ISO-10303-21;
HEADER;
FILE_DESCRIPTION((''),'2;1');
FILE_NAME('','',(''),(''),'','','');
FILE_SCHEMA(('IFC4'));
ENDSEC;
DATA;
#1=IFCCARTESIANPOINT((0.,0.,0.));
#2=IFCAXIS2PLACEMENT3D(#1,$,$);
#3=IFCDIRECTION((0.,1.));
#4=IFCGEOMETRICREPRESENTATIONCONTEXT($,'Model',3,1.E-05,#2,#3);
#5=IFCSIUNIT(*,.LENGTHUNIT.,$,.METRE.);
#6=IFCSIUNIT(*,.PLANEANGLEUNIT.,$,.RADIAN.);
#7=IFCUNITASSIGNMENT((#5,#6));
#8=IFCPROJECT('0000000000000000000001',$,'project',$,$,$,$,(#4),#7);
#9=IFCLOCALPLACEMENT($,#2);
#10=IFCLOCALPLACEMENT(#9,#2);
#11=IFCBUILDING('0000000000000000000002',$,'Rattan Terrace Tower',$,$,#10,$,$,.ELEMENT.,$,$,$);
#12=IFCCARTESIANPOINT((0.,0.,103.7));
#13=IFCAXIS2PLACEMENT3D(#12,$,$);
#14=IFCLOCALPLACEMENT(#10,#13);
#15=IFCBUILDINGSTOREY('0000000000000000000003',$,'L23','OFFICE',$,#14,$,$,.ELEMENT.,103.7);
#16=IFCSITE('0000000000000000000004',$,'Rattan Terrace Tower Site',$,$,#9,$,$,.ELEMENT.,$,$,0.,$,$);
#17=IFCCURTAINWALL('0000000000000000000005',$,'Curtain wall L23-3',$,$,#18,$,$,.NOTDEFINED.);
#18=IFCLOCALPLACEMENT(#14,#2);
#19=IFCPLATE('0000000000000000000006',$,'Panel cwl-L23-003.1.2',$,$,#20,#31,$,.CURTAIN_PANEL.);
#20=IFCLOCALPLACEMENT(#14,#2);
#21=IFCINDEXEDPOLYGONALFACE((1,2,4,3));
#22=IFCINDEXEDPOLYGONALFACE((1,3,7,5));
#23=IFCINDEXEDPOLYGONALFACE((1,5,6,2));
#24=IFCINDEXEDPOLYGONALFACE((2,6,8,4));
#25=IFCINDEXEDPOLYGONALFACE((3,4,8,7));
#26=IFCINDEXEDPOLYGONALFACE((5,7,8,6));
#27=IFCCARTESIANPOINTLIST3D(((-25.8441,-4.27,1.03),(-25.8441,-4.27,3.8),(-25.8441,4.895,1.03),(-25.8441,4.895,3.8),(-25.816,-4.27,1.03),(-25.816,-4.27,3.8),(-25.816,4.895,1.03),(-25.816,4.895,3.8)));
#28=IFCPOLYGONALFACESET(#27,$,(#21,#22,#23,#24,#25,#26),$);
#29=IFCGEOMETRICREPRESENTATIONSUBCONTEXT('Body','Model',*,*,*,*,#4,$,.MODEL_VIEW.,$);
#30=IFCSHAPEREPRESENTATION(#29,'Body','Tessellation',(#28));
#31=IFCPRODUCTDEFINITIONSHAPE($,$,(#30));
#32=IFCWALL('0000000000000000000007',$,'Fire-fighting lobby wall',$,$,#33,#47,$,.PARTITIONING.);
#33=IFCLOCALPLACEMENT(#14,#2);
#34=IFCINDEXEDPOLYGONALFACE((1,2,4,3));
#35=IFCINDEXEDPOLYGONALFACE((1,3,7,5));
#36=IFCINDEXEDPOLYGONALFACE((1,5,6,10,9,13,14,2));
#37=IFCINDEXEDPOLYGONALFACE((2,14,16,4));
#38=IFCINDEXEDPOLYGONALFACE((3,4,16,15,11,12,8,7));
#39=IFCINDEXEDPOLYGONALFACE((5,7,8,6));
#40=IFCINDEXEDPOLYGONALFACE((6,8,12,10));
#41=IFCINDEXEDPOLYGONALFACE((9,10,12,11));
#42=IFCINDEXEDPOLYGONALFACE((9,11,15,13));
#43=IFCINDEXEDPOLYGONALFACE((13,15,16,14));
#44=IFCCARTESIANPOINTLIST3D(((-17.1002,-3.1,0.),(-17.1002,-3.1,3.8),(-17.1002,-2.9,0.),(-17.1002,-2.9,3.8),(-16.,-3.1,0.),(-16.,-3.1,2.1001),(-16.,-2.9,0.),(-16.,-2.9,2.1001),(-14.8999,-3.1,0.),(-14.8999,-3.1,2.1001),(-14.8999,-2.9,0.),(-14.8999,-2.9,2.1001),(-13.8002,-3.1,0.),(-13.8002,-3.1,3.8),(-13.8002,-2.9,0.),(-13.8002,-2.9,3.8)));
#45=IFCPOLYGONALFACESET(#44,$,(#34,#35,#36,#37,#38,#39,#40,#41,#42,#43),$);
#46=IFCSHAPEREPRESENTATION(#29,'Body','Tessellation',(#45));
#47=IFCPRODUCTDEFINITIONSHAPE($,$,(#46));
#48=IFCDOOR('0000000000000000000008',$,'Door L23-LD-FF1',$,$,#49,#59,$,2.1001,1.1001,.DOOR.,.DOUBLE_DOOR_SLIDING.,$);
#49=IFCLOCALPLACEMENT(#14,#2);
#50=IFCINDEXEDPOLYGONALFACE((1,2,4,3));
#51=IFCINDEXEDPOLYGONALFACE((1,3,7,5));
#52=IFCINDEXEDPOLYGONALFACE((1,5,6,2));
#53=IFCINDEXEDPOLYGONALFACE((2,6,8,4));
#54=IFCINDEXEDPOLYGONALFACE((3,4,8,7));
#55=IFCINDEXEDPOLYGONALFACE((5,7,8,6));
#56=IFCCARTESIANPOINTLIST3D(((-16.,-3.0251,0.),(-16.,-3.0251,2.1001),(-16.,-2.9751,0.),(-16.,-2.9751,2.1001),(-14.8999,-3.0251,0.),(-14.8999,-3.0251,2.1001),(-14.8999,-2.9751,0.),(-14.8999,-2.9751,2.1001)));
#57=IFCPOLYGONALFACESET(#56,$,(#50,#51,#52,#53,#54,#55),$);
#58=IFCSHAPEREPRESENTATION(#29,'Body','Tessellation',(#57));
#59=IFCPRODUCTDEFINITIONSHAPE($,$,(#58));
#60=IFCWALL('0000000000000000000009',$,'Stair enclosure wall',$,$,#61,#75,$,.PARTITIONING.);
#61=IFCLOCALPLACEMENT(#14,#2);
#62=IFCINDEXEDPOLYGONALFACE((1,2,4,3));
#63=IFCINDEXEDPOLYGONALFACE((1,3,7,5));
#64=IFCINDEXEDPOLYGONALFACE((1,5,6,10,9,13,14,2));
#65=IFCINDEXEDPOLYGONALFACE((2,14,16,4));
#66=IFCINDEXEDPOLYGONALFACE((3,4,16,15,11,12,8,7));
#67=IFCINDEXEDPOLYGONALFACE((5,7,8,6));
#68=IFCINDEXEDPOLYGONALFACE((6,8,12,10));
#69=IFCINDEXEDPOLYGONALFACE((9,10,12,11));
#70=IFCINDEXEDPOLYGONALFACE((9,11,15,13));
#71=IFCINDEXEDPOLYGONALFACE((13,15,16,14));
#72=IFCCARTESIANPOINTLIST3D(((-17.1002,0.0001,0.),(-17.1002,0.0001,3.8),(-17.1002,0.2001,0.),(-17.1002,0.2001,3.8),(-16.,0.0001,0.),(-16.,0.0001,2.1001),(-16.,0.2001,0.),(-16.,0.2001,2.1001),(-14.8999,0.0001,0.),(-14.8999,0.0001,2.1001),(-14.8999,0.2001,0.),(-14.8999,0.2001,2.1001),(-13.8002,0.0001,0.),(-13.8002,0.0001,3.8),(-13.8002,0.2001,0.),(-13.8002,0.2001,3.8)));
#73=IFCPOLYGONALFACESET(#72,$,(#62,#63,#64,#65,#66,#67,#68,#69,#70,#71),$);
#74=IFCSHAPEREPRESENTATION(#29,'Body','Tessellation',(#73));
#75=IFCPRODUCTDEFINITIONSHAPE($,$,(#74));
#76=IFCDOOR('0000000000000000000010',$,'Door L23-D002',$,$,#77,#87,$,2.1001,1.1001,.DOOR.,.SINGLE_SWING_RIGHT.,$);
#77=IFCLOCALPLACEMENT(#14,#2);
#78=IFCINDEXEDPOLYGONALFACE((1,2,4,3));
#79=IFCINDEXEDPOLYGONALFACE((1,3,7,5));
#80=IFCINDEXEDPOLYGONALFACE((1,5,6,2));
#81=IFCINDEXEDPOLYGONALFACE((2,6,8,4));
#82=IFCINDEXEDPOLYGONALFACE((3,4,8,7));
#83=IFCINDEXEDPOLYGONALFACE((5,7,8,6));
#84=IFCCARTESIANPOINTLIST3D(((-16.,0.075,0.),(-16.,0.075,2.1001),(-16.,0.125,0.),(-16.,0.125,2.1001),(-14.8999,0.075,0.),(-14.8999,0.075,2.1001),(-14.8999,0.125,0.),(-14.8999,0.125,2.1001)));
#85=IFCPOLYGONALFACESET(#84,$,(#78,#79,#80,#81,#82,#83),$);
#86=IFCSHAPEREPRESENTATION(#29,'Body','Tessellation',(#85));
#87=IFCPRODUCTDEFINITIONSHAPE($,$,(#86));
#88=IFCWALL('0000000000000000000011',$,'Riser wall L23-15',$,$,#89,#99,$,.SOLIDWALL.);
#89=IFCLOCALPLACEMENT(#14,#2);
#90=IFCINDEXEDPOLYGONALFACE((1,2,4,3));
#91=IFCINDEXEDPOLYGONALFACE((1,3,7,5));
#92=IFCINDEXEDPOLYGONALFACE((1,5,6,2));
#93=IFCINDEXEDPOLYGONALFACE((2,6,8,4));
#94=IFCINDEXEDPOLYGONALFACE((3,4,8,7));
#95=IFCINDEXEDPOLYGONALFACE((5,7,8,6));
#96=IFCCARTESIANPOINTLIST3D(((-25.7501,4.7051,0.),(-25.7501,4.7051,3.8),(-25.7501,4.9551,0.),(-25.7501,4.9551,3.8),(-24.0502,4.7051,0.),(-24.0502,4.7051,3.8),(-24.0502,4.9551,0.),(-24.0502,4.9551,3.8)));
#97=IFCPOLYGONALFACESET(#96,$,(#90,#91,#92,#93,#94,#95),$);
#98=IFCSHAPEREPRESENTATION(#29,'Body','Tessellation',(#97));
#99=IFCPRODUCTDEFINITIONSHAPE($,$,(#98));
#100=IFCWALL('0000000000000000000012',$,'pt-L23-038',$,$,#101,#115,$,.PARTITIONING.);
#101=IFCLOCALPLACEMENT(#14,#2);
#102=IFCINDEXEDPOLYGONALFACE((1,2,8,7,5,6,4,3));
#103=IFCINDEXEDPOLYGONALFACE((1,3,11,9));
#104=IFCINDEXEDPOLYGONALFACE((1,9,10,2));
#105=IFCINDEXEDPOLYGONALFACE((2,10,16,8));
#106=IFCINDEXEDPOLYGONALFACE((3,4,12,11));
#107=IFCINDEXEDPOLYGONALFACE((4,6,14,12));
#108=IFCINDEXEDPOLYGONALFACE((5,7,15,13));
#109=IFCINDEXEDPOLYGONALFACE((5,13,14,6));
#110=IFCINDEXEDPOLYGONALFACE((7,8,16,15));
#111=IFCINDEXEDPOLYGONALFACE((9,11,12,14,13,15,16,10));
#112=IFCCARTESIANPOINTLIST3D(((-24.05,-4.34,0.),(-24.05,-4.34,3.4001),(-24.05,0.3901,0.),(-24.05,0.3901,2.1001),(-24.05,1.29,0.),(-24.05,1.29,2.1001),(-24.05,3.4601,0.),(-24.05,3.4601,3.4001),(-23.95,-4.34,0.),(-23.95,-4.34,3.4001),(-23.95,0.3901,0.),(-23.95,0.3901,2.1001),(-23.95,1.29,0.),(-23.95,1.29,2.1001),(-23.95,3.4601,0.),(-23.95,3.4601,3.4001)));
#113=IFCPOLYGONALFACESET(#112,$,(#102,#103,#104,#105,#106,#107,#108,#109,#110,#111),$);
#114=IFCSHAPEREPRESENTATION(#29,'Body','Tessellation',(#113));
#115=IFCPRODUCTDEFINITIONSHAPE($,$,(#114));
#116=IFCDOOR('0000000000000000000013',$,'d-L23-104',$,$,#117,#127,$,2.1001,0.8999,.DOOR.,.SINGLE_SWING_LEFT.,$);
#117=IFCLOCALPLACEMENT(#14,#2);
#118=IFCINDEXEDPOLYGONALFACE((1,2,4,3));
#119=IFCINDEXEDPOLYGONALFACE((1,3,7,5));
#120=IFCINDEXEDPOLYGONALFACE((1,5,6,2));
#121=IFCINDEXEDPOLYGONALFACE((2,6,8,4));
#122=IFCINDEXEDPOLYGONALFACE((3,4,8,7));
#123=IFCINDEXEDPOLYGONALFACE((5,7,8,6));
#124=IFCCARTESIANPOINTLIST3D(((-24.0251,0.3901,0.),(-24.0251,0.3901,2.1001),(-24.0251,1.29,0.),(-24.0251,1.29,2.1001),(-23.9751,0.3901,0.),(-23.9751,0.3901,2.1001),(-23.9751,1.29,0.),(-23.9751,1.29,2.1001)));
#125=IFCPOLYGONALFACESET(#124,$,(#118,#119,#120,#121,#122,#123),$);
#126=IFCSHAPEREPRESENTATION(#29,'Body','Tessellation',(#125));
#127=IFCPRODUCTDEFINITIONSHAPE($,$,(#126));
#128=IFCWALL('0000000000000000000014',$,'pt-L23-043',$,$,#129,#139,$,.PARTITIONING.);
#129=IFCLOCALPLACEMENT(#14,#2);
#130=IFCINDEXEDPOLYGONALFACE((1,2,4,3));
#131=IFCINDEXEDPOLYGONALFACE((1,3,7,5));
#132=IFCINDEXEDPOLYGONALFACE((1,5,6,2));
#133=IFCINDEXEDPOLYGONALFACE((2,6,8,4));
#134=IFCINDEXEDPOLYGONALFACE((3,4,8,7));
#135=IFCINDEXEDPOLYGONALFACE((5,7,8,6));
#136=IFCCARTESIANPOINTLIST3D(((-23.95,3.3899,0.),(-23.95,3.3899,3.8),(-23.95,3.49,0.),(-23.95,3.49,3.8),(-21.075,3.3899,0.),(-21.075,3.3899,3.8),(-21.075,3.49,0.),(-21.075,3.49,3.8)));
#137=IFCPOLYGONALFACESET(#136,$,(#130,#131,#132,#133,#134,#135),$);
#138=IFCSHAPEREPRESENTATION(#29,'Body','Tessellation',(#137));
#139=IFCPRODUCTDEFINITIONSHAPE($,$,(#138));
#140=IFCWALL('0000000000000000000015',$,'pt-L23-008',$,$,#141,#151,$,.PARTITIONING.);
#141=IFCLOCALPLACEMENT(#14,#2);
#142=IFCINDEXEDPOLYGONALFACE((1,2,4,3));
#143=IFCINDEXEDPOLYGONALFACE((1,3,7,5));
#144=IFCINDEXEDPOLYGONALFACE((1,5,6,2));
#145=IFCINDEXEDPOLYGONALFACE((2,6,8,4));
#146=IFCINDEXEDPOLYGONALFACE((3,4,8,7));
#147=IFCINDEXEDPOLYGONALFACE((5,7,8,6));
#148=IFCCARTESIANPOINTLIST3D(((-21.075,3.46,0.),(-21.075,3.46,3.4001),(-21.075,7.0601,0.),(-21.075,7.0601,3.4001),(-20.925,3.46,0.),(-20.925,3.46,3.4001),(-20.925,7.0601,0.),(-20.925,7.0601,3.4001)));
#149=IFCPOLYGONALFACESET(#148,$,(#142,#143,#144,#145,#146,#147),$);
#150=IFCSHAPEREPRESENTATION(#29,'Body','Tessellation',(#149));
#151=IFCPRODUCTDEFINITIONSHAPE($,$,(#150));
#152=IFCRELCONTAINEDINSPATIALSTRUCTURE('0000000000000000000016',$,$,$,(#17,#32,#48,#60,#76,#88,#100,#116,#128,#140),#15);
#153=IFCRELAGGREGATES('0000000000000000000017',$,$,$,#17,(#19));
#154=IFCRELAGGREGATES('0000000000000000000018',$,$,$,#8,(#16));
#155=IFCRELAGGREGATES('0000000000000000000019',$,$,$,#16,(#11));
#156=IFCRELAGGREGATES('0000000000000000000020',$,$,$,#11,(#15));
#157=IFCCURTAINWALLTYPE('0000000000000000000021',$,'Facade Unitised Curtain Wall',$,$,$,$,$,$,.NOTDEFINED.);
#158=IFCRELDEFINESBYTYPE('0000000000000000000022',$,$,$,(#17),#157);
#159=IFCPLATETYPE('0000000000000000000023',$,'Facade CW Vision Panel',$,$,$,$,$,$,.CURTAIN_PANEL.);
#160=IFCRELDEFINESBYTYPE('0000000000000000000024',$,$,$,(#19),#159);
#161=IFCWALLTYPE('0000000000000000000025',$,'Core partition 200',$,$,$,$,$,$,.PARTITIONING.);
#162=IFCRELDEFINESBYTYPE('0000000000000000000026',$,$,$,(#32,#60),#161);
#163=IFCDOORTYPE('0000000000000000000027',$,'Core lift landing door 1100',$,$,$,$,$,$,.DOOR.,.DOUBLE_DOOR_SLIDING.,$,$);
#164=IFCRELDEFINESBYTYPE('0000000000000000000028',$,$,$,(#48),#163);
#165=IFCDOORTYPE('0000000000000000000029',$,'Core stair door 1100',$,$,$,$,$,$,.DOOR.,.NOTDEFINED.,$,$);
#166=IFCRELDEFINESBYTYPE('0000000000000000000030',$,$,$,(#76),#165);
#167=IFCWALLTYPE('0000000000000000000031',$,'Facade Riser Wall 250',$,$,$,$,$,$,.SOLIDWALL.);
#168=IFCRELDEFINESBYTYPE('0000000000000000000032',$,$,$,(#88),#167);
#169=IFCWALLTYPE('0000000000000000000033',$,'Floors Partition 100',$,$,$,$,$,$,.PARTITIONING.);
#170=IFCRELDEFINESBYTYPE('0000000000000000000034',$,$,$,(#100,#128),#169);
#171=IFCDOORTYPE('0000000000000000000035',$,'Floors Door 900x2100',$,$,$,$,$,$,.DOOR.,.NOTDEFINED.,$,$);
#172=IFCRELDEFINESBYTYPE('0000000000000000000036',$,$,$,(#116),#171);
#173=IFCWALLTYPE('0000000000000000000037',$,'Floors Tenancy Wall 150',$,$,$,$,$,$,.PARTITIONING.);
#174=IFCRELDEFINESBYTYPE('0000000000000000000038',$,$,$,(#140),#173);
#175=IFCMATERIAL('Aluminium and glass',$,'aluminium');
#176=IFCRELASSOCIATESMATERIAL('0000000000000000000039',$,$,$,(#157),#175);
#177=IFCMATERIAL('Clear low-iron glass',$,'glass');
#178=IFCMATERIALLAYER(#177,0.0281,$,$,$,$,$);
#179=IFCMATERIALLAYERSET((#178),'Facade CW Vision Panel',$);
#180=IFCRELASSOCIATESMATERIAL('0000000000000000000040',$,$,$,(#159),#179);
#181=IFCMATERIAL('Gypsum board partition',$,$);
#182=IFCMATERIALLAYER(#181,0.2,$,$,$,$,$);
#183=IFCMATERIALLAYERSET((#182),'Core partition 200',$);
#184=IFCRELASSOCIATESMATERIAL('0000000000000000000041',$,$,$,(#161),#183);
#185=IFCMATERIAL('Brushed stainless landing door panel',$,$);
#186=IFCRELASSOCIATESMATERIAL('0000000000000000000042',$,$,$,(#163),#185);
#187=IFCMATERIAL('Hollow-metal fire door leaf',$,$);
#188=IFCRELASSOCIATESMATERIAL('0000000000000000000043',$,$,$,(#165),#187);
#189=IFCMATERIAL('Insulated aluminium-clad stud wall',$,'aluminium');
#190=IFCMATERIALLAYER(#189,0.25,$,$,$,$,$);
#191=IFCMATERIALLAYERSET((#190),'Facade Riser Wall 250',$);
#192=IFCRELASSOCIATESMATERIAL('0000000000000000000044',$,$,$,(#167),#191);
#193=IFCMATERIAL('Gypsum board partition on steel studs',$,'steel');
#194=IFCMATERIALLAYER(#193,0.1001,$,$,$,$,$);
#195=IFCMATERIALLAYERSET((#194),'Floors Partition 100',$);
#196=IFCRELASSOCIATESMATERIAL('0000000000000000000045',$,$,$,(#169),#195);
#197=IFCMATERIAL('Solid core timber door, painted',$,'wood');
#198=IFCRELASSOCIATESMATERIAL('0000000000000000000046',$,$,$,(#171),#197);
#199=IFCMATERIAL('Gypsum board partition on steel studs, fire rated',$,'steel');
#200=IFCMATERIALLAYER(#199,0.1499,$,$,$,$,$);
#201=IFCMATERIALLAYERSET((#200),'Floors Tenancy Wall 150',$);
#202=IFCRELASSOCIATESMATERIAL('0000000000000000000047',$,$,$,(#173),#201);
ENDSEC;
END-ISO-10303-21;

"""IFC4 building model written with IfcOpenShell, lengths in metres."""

from ifc_helpers import new_model, si_unit, direction, frame, frame_2d, origin, origin_2d, place, context, subcontext, project, spatial, rectangle, extrude, material, layer, layer_set, type_object, element, fill, aggregate, save


model = new_model("IFC4")

# Units and contexts
model_context = context("Model", 3, precision=1e-05, world=origin(), true_north=direction((0.0, 1.0)))
body_context = subcontext(model_context, "Body", "Model", "MODEL_VIEW")
ifc_project = project(units=[si_unit("LENGTHUNIT", "METRE"), si_unit("PLANEANGLEUNIT", "RADIAN")], contexts=[model_context])

# Site, building, storey
site_placement = place(None, origin())
site = spatial("IfcSite", under=ifc_project, at=site_placement, Name="Rattan Terrace Tower Site", CompositionType="ELEMENT", RefElevation=0.0)
building_placement = place(site_placement, origin())
building = spatial("IfcBuilding", under=site, at=building_placement, Name="Rattan Terrace Tower", CompositionType="ELEMENT")
storey_placement = place(building_placement, frame((0.0, 0.0, 103.7)))
storey = spatial("IfcBuildingStorey", under=building, at=storey_placement, Name="L23", Description="OFFICE", CompositionType="ELEMENT", Elevation=103.7)

# Curtain wall
ifc_material_1 = material(Name="Aluminium and glass", Category="aluminium")
curtain_wall_type = type_object("IfcCurtainWallType", Name="Facade Unitised Curtain Wall", PredefinedType="NOTDEFINED", material=ifc_material_1)
curtain_wall_placement = place(storey_placement, origin())
curtain_wall = element("IfcCurtainWall", 1, at=curtain_wall_placement, inside=storey, type_object=curtain_wall_type, Name="Curtain wall L23-3", PredefinedType="NOTDEFINED")

# Plate
ifc_material_2 = material(Name="Clear low-iron glass", Category="glass")
ifc_layer_1 = layer(ifc_material_2, 0.0281)
ifc_layer_set_1 = layer_set([ifc_layer_1], Name="Facade CW Vision Panel")
plate_type_1 = type_object("IfcPlateType", Name="Facade CW Vision Panel", PredefinedType="CURTAIN_PANEL", material=ifc_layer_set_1)
plate_1_placement = place(storey_placement, frame((-25.8301, 0.3125, 1.03), z_axis=(0.0, 0.0, 1.0), x_axis=(0.0, -1.0, 0.0)))
plate_1 = element("IfcPlate", 2, at=plate_1_placement, type_object=plate_type_1, Name="Panel cwl-L23-003.1.2", PredefinedType="CURTAIN_PANEL", context=body_context, shape_type="SweptSolid", body=[
    extrude(rectangle(XDim=9.165, YDim=0.0281, at=origin_2d()), origin(), (0.0, 0.0, 1.0), 2.77),
])
aggregate(curtain_wall, [plate_1])

# Walls, openings, doors
ifc_material_3 = material(Name="Gypsum board partition")
ifc_layer_2 = layer(ifc_material_3, 0.2)
ifc_layer_set_2 = layer_set([ifc_layer_2], Name="Core partition 200")
wall_type_1 = type_object("IfcWallType", Name="Core partition 200", PredefinedType="PARTITIONING", material=ifc_layer_set_2)
wall_1_placement = place(storey_placement, frame((-17.1001, -3.0, 0.0), z_axis=(0.0, 0.0, 1.0), x_axis=(1.0, 0.0, 0.0)))
wall_1 = element("IfcWall", 3, at=wall_1_placement, inside=storey, type_object=wall_type_1, Name="Fire-fighting lobby wall", PredefinedType="PARTITIONING", context=body_context, shape_type="SweptSolid", body=[
    extrude(rectangle(XDim=3.3, YDim=0.2, at=frame_2d((1.6499, 0.0))), origin(), (0.0, 0.0, 1.0), 3.8),
])
opening_1_placement = place(wall_1_placement, frame((1.1001, 0.0, 0.0)))
opening_1 = element("IfcOpeningElement", 4, at=opening_1_placement, cuts=wall_1, PredefinedType="OPENING", context=body_context, shape_type="SweptSolid", body=[
    extrude(rectangle(XDim=1.1001, YDim=2.1001, at=frame_2d((0.55, 1.05))), frame((0.0, 0.1106, 0.0), z_axis=(0.0, -1.0, 0.0), x_axis=(1.0, 0.0, 0.0)), (0.0, 0.0, 1.0), 0.2209),
])
ifc_material_4 = material(Name="Brushed stainless landing door panel")
door_type_1 = type_object("IfcDoorType", Name="Core lift landing door 1100", OperationType="DOUBLE_DOOR_SLIDING", PredefinedType="DOOR", material=ifc_material_4)
door_1_placement = place(opening_1_placement, origin())
door_1 = element("IfcDoor", 5, at=door_1_placement, inside=storey, type_object=door_type_1, Name="Door L23-LD-FF1", OperationType="DOUBLE_DOOR_SLIDING", OverallHeight=2.1001, OverallWidth=1.1001, PredefinedType="DOOR", context=body_context, shape_type="SweptSolid", body=[
    extrude(rectangle(XDim=1.1001, YDim=2.1001, at=frame_2d((0.55, 1.05))), frame((0.0, 0.0249, 0.0), z_axis=(0.0, -1.0, 0.0), x_axis=(1.0, 0.0, 0.0)), (0.0, 0.0, 1.0), 0.05),
])
fill(opening_1, door_1)
wall_2_placement = place(storey_placement, frame((-17.1001, 0.1001, 0.0), z_axis=(0.0, 0.0, 1.0), x_axis=(1.0, 0.0, 0.0)))
wall_2 = element("IfcWall", 6, at=wall_2_placement, inside=storey, type_object=wall_type_1, Name="Stair enclosure wall", PredefinedType="PARTITIONING", context=body_context, shape_type="SweptSolid", body=[
    extrude(rectangle(XDim=3.3, YDim=0.2, at=frame_2d((1.6499, 0.0))), origin(), (0.0, 0.0, 1.0), 3.8),
])
opening_2_placement = place(wall_2_placement, frame((1.1001, 0.0, 0.0)))
opening_2 = element("IfcOpeningElement", 7, at=opening_2_placement, cuts=wall_2, PredefinedType="OPENING", context=body_context, shape_type="SweptSolid", body=[
    extrude(rectangle(XDim=1.1001, YDim=2.1001, at=frame_2d((0.55, 1.05))), frame((0.0, 0.1106, 0.0), z_axis=(0.0, -1.0, 0.0), x_axis=(1.0, 0.0, 0.0)), (0.0, 0.0, 1.0), 0.2209),
])
ifc_material_5 = material(Name="Hollow-metal fire door leaf")
door_type_2 = type_object("IfcDoorType", Name="Core stair door 1100", OperationType="NOTDEFINED", PredefinedType="DOOR", material=ifc_material_5)
door_2_placement = place(opening_2_placement, origin())
door_2 = element("IfcDoor", 8, at=door_2_placement, inside=storey, type_object=door_type_2, Name="Door L23-D002", OperationType="SINGLE_SWING_RIGHT", OverallHeight=2.1001, OverallWidth=1.1001, PredefinedType="DOOR", context=body_context, shape_type="SweptSolid", body=[
    extrude(rectangle(XDim=1.1001, YDim=2.1001, at=frame_2d((0.55, 1.05))), frame((0.0, 0.0249, 0.0), z_axis=(0.0, -1.0, 0.0), x_axis=(1.0, 0.0, 0.0)), (0.0, 0.0, 1.0), 0.05),
])
fill(opening_2, door_2)

# Wall
ifc_material_6 = material(Name="Insulated aluminium-clad stud wall", Category="aluminium")
ifc_layer_3 = layer(ifc_material_6, 0.25)
ifc_layer_set_3 = layer_set([ifc_layer_3], Name="Facade Riser Wall 250")
wall_type_2 = type_object("IfcWallType", Name="Facade Riser Wall 250", PredefinedType="SOLIDWALL", material=ifc_layer_set_3)
wall_3_placement = place(storey_placement, frame((-24.05, 4.8301, 0.0), z_axis=(0.0, 0.0, 1.0), x_axis=(-1.0, 0.0, 0.0)))
element("IfcWall", 9, at=wall_3_placement, inside=storey, type_object=wall_type_2, Name="Riser wall L23-15", PredefinedType="SOLIDWALL", context=body_context, shape_type="SweptSolid", body=[
    extrude(rectangle(XDim=1.7, YDim=0.25, at=frame_2d((0.8501, 0.0))), origin(), (0.0, 0.0, 1.0), 3.8),
])

# Wall, opening, door
ifc_material_7 = material(Name="Gypsum board partition on steel studs", Category="steel")
ifc_layer_4 = layer(ifc_material_7, 0.1001)
ifc_layer_set_4 = layer_set([ifc_layer_4], Name="Floors Partition 100")
wall_type_3 = type_object("IfcWallType", Name="Floors Partition 100", PredefinedType="PARTITIONING", material=ifc_layer_set_4)
wall_4_placement = place(storey_placement, frame((-24.0, 3.46, 0.0), z_axis=(0.0, 0.0, 1.0), x_axis=(0.0, -1.0, 0.0)))
wall_4 = element("IfcWall", 10, at=wall_4_placement, inside=storey, type_object=wall_type_3, Name="pt-L23-038", PredefinedType="PARTITIONING", context=body_context, shape_type="SweptSolid", body=[
    extrude(rectangle(XDim=7.8, YDim=0.1001, at=frame_2d((3.8999, 0.0))), origin(), (0.0, 0.0, 1.0), 3.4001),
])
opening_3_placement = place(wall_4_placement, frame((2.1699, 0.0, 0.0)))
opening_3 = element("IfcOpeningElement", 11, at=opening_3_placement, cuts=wall_4, PredefinedType="OPENING", context=body_context, shape_type="SweptSolid", body=[
    extrude(rectangle(XDim=0.8999, YDim=2.1001, at=frame_2d((0.45, 1.05))), frame((0.0, 0.0605, 0.0), z_axis=(0.0, -1.0, 0.0), x_axis=(1.0, 0.0, 0.0)), (0.0, 0.0, 1.0), 0.1211),
])
ifc_material_8 = material(Name="Solid core timber door, painted", Category="wood")
door_type_3 = type_object("IfcDoorType", Name="Floors Door 900x2100", OperationType="NOTDEFINED", PredefinedType="DOOR", material=ifc_material_8)
door_3_placement = place(opening_3_placement, origin())
door_3 = element("IfcDoor", 12, at=door_3_placement, inside=storey, type_object=door_type_3, Name="d-L23-104", OperationType="SINGLE_SWING_LEFT", OverallHeight=2.1001, OverallWidth=0.8999, PredefinedType="DOOR", context=body_context, shape_type="SweptSolid", body=[
    extrude(rectangle(XDim=0.8999, YDim=2.1001, at=frame_2d((0.45, 1.05))), frame((0.0, 0.0249, 0.0), z_axis=(0.0, -1.0, 0.0), x_axis=(1.0, 0.0, 0.0)), (0.0, 0.0, 1.0), 0.05),
])
fill(opening_3, door_3)

# Walls
wall_5_placement = place(storey_placement, frame((-23.95, 3.4399, 0.0), z_axis=(0.0, 0.0, 1.0), x_axis=(1.0, 0.0, 0.0)))
element("IfcWall", 13, at=wall_5_placement, inside=storey, type_object=wall_type_3, Name="pt-L23-043", PredefinedType="PARTITIONING", context=body_context, shape_type="SweptSolid", body=[
    extrude(rectangle(XDim=2.875, YDim=0.1001, at=frame_2d((1.4375, 0.0))), origin(), (0.0, 0.0, 1.0), 3.8),
])
ifc_material_9 = material(Name="Gypsum board partition on steel studs, fire rated", Category="steel")
ifc_layer_5 = layer(ifc_material_9, 0.1499)
ifc_layer_set_5 = layer_set([ifc_layer_5], Name="Floors Tenancy Wall 150")
wall_type_4 = type_object("IfcWallType", Name="Floors Tenancy Wall 150", PredefinedType="PARTITIONING", material=ifc_layer_set_5)
wall_6_placement = place(storey_placement, frame((-21.0, 3.46, 0.0), z_axis=(0.0, 0.0, 1.0), x_axis=(0.0, 1.0, 0.0)))
element("IfcWall", 14, at=wall_6_placement, inside=storey, type_object=wall_type_4, Name="pt-L23-008", PredefinedType="PARTITIONING", context=body_context, shape_type="SweptSolid", body=[
    extrude(rectangle(XDim=3.6001, YDim=0.1499, at=frame_2d((1.8, 0.0))), origin(), (0.0, 0.0, 1.0), 3.4001),
])

save(model, "model.ifc")
